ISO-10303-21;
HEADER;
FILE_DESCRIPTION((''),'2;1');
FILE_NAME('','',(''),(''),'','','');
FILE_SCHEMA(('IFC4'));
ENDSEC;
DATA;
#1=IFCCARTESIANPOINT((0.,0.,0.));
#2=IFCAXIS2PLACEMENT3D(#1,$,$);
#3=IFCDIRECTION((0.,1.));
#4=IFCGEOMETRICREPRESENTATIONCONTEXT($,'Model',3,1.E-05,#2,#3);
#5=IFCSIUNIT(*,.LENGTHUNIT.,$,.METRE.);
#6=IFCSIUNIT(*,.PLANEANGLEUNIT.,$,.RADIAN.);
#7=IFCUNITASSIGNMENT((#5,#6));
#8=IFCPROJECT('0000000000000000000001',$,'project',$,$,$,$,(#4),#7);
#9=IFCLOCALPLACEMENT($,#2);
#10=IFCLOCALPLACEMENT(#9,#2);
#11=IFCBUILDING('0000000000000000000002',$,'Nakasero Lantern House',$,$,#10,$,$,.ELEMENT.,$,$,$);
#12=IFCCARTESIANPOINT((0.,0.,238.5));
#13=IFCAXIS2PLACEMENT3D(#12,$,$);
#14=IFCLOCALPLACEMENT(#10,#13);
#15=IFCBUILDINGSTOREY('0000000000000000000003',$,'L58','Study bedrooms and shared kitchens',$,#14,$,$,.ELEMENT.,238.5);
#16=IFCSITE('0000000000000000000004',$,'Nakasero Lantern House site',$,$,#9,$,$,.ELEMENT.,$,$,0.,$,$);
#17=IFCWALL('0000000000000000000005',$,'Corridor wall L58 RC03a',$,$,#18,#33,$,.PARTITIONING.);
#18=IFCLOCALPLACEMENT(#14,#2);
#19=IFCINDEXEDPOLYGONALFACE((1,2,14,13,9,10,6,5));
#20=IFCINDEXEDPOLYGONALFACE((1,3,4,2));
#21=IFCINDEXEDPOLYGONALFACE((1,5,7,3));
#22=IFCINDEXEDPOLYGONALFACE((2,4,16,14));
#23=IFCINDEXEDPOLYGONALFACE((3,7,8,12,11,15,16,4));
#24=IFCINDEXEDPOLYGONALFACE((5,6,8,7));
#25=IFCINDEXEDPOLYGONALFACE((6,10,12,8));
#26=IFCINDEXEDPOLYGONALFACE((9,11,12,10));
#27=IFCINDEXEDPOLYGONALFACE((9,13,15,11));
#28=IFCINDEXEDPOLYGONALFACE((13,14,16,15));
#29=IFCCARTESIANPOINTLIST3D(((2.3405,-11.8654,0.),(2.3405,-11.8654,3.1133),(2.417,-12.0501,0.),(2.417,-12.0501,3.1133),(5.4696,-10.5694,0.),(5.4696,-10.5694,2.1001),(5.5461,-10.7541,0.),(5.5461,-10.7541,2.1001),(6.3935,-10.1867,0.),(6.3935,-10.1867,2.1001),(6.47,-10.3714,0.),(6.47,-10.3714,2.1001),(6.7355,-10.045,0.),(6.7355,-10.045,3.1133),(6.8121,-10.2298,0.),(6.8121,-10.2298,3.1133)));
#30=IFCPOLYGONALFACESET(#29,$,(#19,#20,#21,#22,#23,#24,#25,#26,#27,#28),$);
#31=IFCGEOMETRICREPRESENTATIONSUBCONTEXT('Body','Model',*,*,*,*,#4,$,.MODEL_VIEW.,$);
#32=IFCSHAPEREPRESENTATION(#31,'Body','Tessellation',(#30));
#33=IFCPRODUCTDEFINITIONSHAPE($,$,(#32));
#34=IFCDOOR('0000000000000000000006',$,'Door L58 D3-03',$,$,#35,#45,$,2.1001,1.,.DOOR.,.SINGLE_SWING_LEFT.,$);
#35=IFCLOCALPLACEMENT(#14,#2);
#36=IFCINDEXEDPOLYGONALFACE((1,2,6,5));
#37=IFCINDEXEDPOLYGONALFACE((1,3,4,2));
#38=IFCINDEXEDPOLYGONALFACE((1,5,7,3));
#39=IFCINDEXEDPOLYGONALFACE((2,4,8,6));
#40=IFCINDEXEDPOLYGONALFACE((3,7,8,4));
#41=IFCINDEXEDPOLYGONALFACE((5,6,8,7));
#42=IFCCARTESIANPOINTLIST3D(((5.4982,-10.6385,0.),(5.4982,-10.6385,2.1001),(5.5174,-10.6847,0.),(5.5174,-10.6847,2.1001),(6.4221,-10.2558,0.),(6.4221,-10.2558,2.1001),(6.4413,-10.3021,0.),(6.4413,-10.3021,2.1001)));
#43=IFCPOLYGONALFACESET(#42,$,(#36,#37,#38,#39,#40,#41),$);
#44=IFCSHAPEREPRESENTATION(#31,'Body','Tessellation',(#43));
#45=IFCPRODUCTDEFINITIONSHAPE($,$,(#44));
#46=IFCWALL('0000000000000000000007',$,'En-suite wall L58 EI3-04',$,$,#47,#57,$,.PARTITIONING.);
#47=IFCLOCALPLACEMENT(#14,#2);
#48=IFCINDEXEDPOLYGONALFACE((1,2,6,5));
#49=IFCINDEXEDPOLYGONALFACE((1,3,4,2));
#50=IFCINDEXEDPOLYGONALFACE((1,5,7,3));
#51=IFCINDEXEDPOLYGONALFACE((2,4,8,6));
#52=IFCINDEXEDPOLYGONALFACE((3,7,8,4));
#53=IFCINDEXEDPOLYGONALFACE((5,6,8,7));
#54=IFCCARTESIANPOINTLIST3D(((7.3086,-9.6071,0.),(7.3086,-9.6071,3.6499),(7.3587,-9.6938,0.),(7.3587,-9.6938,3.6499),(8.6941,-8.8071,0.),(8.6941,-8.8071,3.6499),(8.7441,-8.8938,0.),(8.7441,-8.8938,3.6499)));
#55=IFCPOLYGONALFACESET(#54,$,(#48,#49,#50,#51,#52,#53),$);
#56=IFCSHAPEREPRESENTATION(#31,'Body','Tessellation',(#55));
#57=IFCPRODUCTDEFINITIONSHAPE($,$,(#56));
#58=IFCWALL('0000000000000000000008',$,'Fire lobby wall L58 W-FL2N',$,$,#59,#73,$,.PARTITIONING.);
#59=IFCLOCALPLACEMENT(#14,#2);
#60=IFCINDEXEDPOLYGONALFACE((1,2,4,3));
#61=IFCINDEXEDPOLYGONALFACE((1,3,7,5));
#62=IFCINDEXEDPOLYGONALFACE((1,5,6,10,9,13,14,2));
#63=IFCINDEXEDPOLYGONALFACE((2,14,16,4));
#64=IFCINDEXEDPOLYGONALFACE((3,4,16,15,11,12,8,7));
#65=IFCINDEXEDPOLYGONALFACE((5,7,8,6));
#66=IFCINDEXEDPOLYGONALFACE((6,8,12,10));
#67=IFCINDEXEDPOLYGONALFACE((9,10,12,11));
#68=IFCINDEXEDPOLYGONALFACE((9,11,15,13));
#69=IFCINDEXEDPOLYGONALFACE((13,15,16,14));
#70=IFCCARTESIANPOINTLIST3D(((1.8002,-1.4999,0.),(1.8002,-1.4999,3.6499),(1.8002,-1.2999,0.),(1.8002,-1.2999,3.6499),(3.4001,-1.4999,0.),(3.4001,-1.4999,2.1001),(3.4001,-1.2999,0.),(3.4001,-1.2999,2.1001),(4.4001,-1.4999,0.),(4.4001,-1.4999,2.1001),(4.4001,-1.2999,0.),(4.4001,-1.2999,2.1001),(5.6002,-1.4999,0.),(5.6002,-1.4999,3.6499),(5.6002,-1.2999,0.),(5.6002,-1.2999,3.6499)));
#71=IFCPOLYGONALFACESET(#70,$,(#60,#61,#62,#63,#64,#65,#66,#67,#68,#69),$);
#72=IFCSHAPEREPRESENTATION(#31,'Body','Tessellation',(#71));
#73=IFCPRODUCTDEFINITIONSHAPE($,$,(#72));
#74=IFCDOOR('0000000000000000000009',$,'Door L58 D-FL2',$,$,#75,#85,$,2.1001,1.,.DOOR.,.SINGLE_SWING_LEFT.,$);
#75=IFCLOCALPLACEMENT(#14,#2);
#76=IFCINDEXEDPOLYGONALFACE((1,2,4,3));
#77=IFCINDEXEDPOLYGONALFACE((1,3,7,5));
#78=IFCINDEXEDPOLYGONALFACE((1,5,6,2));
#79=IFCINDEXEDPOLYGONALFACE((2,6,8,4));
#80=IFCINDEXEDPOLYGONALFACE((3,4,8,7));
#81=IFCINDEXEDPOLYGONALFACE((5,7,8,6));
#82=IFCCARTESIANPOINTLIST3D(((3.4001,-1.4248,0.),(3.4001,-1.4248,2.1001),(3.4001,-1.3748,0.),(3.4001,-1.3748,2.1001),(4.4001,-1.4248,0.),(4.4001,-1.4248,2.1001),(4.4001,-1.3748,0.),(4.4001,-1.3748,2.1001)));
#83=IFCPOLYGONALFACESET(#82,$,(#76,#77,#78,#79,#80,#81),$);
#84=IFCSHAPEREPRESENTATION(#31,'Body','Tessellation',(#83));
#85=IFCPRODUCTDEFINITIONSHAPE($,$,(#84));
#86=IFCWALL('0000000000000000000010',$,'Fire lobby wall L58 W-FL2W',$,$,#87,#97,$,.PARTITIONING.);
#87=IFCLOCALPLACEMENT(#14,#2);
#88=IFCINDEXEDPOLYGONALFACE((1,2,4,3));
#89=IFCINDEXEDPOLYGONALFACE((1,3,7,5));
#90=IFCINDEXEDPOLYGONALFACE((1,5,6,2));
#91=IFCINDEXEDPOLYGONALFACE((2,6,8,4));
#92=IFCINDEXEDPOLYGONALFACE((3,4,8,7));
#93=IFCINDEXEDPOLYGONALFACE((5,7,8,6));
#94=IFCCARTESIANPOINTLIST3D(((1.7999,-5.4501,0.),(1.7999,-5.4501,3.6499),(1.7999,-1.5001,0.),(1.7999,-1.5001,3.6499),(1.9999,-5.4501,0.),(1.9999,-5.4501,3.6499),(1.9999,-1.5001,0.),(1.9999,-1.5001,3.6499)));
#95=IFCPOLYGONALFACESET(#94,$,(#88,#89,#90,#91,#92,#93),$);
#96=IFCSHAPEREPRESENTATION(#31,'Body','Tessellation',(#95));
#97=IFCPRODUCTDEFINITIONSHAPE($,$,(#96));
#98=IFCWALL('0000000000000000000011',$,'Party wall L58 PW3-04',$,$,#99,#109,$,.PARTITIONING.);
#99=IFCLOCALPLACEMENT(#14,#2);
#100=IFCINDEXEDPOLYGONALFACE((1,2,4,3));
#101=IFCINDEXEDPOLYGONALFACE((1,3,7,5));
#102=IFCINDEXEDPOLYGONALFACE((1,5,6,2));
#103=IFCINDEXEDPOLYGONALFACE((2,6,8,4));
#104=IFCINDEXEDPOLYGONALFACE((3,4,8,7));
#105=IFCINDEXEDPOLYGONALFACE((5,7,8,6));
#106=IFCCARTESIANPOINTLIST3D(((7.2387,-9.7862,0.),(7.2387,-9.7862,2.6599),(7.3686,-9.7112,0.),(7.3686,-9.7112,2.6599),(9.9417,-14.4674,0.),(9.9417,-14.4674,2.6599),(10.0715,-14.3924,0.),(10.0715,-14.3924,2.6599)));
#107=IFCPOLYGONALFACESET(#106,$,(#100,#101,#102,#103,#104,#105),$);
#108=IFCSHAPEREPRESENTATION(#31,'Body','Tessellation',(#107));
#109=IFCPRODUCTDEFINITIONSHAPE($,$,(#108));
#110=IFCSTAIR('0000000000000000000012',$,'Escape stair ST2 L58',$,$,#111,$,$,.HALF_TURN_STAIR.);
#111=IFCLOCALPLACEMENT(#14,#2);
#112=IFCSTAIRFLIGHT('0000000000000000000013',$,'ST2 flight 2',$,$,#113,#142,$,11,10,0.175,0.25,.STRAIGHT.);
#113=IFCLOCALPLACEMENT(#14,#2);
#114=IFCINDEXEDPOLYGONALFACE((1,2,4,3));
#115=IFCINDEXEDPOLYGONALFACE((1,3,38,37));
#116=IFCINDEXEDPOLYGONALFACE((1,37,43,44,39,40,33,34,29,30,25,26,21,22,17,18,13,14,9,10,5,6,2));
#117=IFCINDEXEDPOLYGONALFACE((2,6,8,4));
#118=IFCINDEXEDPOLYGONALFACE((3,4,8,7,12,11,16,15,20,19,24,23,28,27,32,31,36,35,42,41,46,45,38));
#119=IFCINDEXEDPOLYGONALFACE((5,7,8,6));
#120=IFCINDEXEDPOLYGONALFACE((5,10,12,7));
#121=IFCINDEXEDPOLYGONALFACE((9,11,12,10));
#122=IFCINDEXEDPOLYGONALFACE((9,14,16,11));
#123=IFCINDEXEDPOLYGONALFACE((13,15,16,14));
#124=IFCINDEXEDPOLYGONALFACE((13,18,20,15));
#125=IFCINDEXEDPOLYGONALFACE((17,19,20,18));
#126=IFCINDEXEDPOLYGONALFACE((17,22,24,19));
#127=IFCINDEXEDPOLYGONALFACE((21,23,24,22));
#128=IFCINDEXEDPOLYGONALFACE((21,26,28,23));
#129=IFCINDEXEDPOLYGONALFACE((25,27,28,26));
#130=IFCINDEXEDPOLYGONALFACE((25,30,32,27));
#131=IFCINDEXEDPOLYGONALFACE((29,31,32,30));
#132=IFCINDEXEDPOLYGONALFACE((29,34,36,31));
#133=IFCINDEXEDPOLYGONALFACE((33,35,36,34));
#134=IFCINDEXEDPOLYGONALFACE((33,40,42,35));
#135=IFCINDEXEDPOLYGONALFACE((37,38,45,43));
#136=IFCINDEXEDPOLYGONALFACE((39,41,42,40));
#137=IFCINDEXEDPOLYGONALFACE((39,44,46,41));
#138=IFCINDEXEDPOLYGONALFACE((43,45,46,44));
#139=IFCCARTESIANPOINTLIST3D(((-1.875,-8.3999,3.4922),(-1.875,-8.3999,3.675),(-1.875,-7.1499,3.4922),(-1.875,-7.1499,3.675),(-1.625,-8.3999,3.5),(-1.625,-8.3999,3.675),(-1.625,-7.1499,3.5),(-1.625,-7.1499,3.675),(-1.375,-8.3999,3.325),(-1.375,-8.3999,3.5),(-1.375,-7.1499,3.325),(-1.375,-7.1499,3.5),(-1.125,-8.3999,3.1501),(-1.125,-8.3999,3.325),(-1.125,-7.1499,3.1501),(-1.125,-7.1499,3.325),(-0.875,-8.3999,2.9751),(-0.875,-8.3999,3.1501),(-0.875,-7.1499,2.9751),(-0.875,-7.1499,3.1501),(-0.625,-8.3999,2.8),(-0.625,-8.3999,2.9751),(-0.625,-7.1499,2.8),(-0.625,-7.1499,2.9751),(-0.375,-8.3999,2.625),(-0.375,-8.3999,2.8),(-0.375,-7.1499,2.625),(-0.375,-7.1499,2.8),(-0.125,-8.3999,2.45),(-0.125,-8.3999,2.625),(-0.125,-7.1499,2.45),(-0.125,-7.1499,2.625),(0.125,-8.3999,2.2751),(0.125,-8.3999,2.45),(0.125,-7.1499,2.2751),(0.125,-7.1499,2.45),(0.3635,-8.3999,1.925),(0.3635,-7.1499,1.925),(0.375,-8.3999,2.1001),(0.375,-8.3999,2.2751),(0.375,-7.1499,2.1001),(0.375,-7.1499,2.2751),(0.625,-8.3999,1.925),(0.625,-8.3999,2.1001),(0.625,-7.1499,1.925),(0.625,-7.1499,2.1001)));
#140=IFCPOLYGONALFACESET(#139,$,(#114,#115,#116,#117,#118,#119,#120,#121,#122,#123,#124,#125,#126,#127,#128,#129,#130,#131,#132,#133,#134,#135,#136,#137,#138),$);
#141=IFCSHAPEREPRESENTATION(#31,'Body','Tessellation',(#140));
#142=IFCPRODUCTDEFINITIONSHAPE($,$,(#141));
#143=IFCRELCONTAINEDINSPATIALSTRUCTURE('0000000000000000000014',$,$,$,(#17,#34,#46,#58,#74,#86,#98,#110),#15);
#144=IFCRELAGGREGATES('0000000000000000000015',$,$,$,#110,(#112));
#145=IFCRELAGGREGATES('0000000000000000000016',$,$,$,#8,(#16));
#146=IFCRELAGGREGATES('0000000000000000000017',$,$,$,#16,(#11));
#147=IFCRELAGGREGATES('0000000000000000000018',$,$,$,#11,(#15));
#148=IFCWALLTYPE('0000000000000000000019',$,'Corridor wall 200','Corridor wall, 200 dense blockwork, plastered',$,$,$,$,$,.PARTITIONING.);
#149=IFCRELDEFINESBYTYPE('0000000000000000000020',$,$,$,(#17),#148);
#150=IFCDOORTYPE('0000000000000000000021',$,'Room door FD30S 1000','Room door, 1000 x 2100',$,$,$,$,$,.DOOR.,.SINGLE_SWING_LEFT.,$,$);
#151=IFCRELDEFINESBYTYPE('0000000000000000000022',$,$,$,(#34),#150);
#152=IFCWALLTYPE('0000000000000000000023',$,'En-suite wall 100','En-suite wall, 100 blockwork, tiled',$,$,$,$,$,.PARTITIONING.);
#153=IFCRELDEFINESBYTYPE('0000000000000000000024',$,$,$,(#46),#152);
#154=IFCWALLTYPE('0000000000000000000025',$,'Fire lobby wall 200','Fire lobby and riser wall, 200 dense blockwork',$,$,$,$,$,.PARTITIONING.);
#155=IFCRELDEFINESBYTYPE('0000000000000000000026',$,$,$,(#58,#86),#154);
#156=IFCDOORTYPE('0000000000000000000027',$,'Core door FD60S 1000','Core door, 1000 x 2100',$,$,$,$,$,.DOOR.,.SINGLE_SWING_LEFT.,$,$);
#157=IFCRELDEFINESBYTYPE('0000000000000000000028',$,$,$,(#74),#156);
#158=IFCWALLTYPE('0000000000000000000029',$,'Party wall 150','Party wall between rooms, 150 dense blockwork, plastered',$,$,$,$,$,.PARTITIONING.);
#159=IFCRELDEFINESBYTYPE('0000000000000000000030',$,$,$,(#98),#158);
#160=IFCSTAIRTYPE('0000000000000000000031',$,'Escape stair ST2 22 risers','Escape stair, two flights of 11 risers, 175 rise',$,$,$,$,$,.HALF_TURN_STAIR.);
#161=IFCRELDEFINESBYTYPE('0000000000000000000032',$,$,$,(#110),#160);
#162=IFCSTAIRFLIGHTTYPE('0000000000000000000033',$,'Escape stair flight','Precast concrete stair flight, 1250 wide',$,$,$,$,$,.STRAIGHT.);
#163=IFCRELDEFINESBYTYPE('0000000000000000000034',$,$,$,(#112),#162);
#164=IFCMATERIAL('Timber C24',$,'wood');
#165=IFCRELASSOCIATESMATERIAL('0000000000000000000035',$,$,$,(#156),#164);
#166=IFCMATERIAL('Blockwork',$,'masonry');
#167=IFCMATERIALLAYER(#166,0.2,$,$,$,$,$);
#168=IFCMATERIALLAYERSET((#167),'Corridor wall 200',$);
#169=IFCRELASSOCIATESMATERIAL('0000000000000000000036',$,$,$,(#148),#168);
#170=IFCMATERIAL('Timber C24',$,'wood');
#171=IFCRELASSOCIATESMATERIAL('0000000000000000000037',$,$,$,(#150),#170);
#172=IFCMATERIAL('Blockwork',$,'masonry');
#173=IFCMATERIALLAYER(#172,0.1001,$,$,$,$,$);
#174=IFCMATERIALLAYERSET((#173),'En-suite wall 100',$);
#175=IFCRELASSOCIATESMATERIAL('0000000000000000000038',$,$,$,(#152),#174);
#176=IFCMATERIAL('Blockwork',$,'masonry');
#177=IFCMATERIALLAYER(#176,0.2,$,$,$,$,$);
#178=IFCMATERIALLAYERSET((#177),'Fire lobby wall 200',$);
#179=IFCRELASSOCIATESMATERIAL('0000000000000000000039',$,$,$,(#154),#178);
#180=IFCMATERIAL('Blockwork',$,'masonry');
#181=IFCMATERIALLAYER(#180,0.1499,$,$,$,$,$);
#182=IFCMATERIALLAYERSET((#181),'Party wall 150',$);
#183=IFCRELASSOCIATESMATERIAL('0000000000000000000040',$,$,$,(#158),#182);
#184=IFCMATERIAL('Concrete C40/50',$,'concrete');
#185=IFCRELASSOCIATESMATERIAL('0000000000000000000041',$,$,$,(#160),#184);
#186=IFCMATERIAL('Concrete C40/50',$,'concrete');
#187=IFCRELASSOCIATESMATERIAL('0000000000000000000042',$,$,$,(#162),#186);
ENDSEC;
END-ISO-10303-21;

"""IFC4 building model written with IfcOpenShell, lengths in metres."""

from ifc_helpers import new_model, si_unit, direction, frame, frame_2d, origin, place, context, subcontext, project, spatial, polyline, rectangle, outline, extrude, material, layer, layer_set, type_object, element, fill, aggregate, save


model = new_model("IFC4")

# Units and contexts
model_context = context("Model", 3, precision=1e-05, world=origin(), true_north=direction((0.0, 1.0)))
body_context = subcontext(model_context, "Body", "Model", "MODEL_VIEW")
ifc_project = project(units=[si_unit("LENGTHUNIT", "METRE"), si_unit("PLANEANGLEUNIT", "RADIAN")], contexts=[model_context])

# Site, building, storey
site_placement = place(None, origin())
site = spatial("IfcSite", under=ifc_project, at=site_placement, Name="Nakasero Lantern House site", CompositionType="ELEMENT", RefElevation=0.0)
building_placement = place(site_placement, origin())
building = spatial("IfcBuilding", under=site, at=building_placement, Name="Nakasero Lantern House", CompositionType="ELEMENT")
storey_placement = place(building_placement, frame((0.0, 0.0, 238.5)))
storey = spatial("IfcBuildingStorey", under=building, at=storey_placement, Name="L58", Description="Study bedrooms and shared kitchens", CompositionType="ELEMENT", Elevation=238.5)

# Shared definitions
ifc_material_1 = material(Name="Timber C24", Category="wood")
door_type_1 = type_object("IfcDoorType", Name="Core door FD60S 1000", Description="Core door, 1000 x 2100", OperationType="SINGLE_SWING_LEFT", PredefinedType="DOOR", material=ifc_material_1)

# Wall, opening, door
ifc_material_2 = material(Name="Blockwork", Category="masonry")
ifc_layer_1 = layer(ifc_material_2, 0.2)
ifc_layer_set_1 = layer_set([ifc_layer_1], Name="Corridor wall 200")
wall_type_1 = type_object("IfcWallType", Name="Corridor wall 200", Description="Corridor wall, 200 dense blockwork, plastered", PredefinedType="PARTITIONING", material=ifc_layer_set_1)
wall_1_placement = place(storey_placement, frame((6.7737, -10.1375, 0.0), z_axis=(0.0, 0.0, 1.0), x_axis=(-0.923892, -0.382654, 0.0)))
wall_1 = element("IfcWall", 1, at=wall_1_placement, inside=storey, type_object=wall_type_1, Name="Corridor wall L58 RC03a", PredefinedType="PARTITIONING", context=body_context, shape_type="SweptSolid", body=[
    extrude(rectangle(XDim=4.7571, YDim=0.2, at=frame_2d((2.3784, 0.0))), origin(), (0.0, 0.0, 1.0), 3.1133),
])
opening_1_placement = place(wall_1_placement, frame((0.3701, 0.0, 0.0)))
opening_1 = element("IfcOpeningElement", 2, at=opening_1_placement, cuts=wall_1, PredefinedType="OPENING", context=body_context, shape_type="SweptSolid", body=[
    extrude(rectangle(XDim=1.0, YDim=2.1001, at=frame_2d((0.5, 1.05))), frame((0.0, 0.1199, 0.0), z_axis=(0.0, -1.0, 0.0), x_axis=(1.0, 0.0, 0.0)), (0.0, 0.0, 1.0), 0.24),
])
ifc_material_3 = material(Name="Timber C24", Category="wood")
door_type_2 = type_object("IfcDoorType", Name="Room door FD30S 1000", Description="Room door, 1000 x 2100", OperationType="SINGLE_SWING_LEFT", PredefinedType="DOOR", material=ifc_material_3)
door_1_placement = place(opening_1_placement, origin())
door_1 = element("IfcDoor", 3, at=door_1_placement, inside=storey, type_object=door_type_2, Name="Door L58 D3-03", OperationType="SINGLE_SWING_LEFT", OverallHeight=2.1001, OverallWidth=1.0, PredefinedType="DOOR", context=body_context, shape_type="SweptSolid", body=[
    extrude(rectangle(XDim=1.0, YDim=2.1001, at=frame_2d((0.5, 1.05))), frame((0.0, 0.0249, 0.0), z_axis=(0.0, -1.0, 0.0), x_axis=(1.0, 0.0, 0.0)), (0.0, 0.0, 1.0), 0.05),
])
fill(opening_1, door_1)

# Wall
ifc_material_4 = material(Name="Blockwork", Category="masonry")
ifc_layer_2 = layer(ifc_material_4, 0.1001)
ifc_layer_set_2 = layer_set([ifc_layer_2], Name="En-suite wall 100")
wall_type_2 = type_object("IfcWallType", Name="En-suite wall 100", Description="En-suite wall, 100 blockwork, tiled", PredefinedType="PARTITIONING", material=ifc_layer_set_2)
wall_2_placement = place(storey_placement, frame((7.3337, -9.6504, 0.0), z_axis=(0.0, 0.0, 1.0), x_axis=(0.86599, 0.500061, 0.0)))
element("IfcWall", 4, at=wall_2_placement, inside=storey, type_object=wall_type_2, Name="En-suite wall L58 EI3-04", PredefinedType="PARTITIONING", context=body_context, shape_type="SweptSolid", body=[
    extrude(rectangle(XDim=1.5999, YDim=0.1001, at=frame_2d((0.7998, 0.0))), origin(), (0.0, 0.0, 1.0), 3.6499),
])

# Wall, opening, door
ifc_material_5 = material(Name="Blockwork", Category="masonry")
ifc_layer_3 = layer(ifc_material_5, 0.2)
ifc_layer_set_3 = layer_set([ifc_layer_3], Name="Fire lobby wall 200")
wall_type_3 = type_object("IfcWallType", Name="Fire lobby wall 200", Description="Fire lobby and riser wall, 200 dense blockwork", PredefinedType="PARTITIONING", material=ifc_layer_set_3)
wall_3_placement = place(storey_placement, frame((5.6001, -1.3999, 0.0), z_axis=(0.0, 0.0, 1.0), x_axis=(-1.0, 0.0, 0.0)))
wall_3 = element("IfcWall", 5, at=wall_3_placement, inside=storey, type_object=wall_type_3, Name="Fire lobby wall L58 W-FL2N", PredefinedType="PARTITIONING", context=body_context, shape_type="SweptSolid", body=[
    extrude(rectangle(XDim=3.8, YDim=0.2, at=frame_2d((1.8999, 0.0))), origin(), (0.0, 0.0, 1.0), 3.6499),
])
opening_2_placement = place(wall_3_placement, frame((1.2, 0.0, 0.0)))
opening_2 = element("IfcOpeningElement", 6, at=opening_2_placement, cuts=wall_3, PredefinedType="OPENING", context=body_context, shape_type="SweptSolid", body=[
    extrude(rectangle(XDim=1.0, YDim=2.1001, at=frame_2d((0.5, 1.05))), frame((0.0, 0.1199, 0.0), z_axis=(0.0, -1.0, 0.0), x_axis=(1.0, 0.0, 0.0)), (0.0, 0.0, 1.0), 0.24),
])
door_2_placement = place(opening_2_placement, origin())
door_2 = element("IfcDoor", 7, at=door_2_placement, inside=storey, type_object=door_type_1, Name="Door L58 D-FL2", OperationType="SINGLE_SWING_LEFT", OverallHeight=2.1001, OverallWidth=1.0, PredefinedType="DOOR", context=body_context, shape_type="SweptSolid", body=[
    extrude(rectangle(XDim=1.0, YDim=2.1001, at=frame_2d((0.5, 1.05))), frame((0.0, 0.0249, 0.0), z_axis=(0.0, -1.0, 0.0), x_axis=(1.0, 0.0, 0.0)), (0.0, 0.0, 1.0), 0.05),
])
fill(opening_2, door_2)

# Walls
wall_4_placement = place(storey_placement, frame((1.8999, -1.5, 0.0), z_axis=(0.0, 0.0, 1.0), x_axis=(0.0, -1.0, 0.0)))
element("IfcWall", 8, at=wall_4_placement, inside=storey, type_object=wall_type_3, Name="Fire lobby wall L58 W-FL2W", PredefinedType="PARTITIONING", context=body_context, shape_type="SweptSolid", body=[
    extrude(rectangle(XDim=3.95, YDim=0.2, at=frame_2d((1.9751, 0.0))), origin(), (0.0, 0.0, 1.0), 3.6499),
])
ifc_material_6 = material(Name="Blockwork", Category="masonry")
ifc_layer_4 = layer(ifc_material_6, 0.1499)
ifc_layer_set_4 = layer_set([ifc_layer_4], Name="Party wall 150")
wall_type_4 = type_object("IfcWallType", Name="Party wall 150", Description="Party wall between rooms, 150 dense blockwork, plastered", PredefinedType="PARTITIONING", material=ifc_layer_set_4)
wall_5_placement = place(storey_placement, frame((7.3037, -9.7488, 0.0), z_axis=(0.0, 0.0, 1.0), x_axis=(0.50003, -0.866008, 0.0)))
element("IfcWall", 9, at=wall_5_placement, inside=storey, type_object=wall_type_4, Name="Party wall L58 PW3-04", PredefinedType="PARTITIONING", context=body_context, shape_type="SweptSolid", body=[
    extrude(rectangle(XDim=5.4055, YDim=0.1499, at=frame_2d((2.7026, 0.0))), origin(), (0.0, 0.0, 1.0), 2.6599),
])

# Stair, stair flight
ifc_material_7 = material(Name="Concrete C40/50", Category="concrete")
stair_type_1 = type_object("IfcStairType", Name="Escape stair ST2 22 risers", Description="Escape stair, two flights of 11 risers, 175 rise", PredefinedType="HALF_TURN_STAIR", material=ifc_material_7)
stair_1_placement = place(storey_placement, origin())
stair_1 = element("IfcStair", 10, at=stair_1_placement, inside=storey, type_object=stair_type_1, Name="Escape stair ST2 L58", PredefinedType="HALF_TURN_STAIR")
ifc_material_8 = material(Name="Concrete C40/50", Category="concrete")
stair_flight_type = type_object("IfcStairFlightType", Name="Escape stair flight", Description="Precast concrete stair flight, 1250 wide", PredefinedType="STRAIGHT", material=ifc_material_8)
stair_flight_placement = place(storey_placement, frame((0.625, -7.7749, 1.925), z_axis=(0.0, 0.0, 1.0), x_axis=(-1.0, 0.0, 0.0)))
stair_flight = element("IfcStairFlight", 11, at=stair_flight_placement, type_object=stair_flight_type, Name="ST2 flight 2", NumberOfRisers=11, NumberOfTreads=10, PredefinedType="STRAIGHT", RiserHeight=0.175, TreadLength=0.25, context=body_context, shape_type="SweptSolid", body=[
    extrude(outline(polyline([(0.0, 0.0), (0.0, 0.175), (0.25, 0.175), (0.25, 0.3501), (0.5, 0.3501), (0.5, 0.5249), (0.75, 0.5249), (0.75, 0.7), (1.0, 0.7), (1.0, 0.875), (1.25, 0.875), (1.25, 1.05), (1.5, 1.05), (1.5, 1.2251), (1.75, 1.2251), (1.75, 1.3999), (2.0, 1.3999), (2.0, 1.575), (2.25, 1.575), (2.25, 1.75), (2.5, 1.75), (2.5, 1.925), (2.5, 1.5671), (0.2615, 0.0), (0.0, 0.0)])), frame((0.0, 0.625, 0.0), z_axis=(0.0, -1.0, 0.0), x_axis=(1.0, 0.0, 0.0)), (0.0, 0.0, 1.0), 1.25),
])
aggregate(stair_1, [stair_flight])

save(model, "model.ifc")
